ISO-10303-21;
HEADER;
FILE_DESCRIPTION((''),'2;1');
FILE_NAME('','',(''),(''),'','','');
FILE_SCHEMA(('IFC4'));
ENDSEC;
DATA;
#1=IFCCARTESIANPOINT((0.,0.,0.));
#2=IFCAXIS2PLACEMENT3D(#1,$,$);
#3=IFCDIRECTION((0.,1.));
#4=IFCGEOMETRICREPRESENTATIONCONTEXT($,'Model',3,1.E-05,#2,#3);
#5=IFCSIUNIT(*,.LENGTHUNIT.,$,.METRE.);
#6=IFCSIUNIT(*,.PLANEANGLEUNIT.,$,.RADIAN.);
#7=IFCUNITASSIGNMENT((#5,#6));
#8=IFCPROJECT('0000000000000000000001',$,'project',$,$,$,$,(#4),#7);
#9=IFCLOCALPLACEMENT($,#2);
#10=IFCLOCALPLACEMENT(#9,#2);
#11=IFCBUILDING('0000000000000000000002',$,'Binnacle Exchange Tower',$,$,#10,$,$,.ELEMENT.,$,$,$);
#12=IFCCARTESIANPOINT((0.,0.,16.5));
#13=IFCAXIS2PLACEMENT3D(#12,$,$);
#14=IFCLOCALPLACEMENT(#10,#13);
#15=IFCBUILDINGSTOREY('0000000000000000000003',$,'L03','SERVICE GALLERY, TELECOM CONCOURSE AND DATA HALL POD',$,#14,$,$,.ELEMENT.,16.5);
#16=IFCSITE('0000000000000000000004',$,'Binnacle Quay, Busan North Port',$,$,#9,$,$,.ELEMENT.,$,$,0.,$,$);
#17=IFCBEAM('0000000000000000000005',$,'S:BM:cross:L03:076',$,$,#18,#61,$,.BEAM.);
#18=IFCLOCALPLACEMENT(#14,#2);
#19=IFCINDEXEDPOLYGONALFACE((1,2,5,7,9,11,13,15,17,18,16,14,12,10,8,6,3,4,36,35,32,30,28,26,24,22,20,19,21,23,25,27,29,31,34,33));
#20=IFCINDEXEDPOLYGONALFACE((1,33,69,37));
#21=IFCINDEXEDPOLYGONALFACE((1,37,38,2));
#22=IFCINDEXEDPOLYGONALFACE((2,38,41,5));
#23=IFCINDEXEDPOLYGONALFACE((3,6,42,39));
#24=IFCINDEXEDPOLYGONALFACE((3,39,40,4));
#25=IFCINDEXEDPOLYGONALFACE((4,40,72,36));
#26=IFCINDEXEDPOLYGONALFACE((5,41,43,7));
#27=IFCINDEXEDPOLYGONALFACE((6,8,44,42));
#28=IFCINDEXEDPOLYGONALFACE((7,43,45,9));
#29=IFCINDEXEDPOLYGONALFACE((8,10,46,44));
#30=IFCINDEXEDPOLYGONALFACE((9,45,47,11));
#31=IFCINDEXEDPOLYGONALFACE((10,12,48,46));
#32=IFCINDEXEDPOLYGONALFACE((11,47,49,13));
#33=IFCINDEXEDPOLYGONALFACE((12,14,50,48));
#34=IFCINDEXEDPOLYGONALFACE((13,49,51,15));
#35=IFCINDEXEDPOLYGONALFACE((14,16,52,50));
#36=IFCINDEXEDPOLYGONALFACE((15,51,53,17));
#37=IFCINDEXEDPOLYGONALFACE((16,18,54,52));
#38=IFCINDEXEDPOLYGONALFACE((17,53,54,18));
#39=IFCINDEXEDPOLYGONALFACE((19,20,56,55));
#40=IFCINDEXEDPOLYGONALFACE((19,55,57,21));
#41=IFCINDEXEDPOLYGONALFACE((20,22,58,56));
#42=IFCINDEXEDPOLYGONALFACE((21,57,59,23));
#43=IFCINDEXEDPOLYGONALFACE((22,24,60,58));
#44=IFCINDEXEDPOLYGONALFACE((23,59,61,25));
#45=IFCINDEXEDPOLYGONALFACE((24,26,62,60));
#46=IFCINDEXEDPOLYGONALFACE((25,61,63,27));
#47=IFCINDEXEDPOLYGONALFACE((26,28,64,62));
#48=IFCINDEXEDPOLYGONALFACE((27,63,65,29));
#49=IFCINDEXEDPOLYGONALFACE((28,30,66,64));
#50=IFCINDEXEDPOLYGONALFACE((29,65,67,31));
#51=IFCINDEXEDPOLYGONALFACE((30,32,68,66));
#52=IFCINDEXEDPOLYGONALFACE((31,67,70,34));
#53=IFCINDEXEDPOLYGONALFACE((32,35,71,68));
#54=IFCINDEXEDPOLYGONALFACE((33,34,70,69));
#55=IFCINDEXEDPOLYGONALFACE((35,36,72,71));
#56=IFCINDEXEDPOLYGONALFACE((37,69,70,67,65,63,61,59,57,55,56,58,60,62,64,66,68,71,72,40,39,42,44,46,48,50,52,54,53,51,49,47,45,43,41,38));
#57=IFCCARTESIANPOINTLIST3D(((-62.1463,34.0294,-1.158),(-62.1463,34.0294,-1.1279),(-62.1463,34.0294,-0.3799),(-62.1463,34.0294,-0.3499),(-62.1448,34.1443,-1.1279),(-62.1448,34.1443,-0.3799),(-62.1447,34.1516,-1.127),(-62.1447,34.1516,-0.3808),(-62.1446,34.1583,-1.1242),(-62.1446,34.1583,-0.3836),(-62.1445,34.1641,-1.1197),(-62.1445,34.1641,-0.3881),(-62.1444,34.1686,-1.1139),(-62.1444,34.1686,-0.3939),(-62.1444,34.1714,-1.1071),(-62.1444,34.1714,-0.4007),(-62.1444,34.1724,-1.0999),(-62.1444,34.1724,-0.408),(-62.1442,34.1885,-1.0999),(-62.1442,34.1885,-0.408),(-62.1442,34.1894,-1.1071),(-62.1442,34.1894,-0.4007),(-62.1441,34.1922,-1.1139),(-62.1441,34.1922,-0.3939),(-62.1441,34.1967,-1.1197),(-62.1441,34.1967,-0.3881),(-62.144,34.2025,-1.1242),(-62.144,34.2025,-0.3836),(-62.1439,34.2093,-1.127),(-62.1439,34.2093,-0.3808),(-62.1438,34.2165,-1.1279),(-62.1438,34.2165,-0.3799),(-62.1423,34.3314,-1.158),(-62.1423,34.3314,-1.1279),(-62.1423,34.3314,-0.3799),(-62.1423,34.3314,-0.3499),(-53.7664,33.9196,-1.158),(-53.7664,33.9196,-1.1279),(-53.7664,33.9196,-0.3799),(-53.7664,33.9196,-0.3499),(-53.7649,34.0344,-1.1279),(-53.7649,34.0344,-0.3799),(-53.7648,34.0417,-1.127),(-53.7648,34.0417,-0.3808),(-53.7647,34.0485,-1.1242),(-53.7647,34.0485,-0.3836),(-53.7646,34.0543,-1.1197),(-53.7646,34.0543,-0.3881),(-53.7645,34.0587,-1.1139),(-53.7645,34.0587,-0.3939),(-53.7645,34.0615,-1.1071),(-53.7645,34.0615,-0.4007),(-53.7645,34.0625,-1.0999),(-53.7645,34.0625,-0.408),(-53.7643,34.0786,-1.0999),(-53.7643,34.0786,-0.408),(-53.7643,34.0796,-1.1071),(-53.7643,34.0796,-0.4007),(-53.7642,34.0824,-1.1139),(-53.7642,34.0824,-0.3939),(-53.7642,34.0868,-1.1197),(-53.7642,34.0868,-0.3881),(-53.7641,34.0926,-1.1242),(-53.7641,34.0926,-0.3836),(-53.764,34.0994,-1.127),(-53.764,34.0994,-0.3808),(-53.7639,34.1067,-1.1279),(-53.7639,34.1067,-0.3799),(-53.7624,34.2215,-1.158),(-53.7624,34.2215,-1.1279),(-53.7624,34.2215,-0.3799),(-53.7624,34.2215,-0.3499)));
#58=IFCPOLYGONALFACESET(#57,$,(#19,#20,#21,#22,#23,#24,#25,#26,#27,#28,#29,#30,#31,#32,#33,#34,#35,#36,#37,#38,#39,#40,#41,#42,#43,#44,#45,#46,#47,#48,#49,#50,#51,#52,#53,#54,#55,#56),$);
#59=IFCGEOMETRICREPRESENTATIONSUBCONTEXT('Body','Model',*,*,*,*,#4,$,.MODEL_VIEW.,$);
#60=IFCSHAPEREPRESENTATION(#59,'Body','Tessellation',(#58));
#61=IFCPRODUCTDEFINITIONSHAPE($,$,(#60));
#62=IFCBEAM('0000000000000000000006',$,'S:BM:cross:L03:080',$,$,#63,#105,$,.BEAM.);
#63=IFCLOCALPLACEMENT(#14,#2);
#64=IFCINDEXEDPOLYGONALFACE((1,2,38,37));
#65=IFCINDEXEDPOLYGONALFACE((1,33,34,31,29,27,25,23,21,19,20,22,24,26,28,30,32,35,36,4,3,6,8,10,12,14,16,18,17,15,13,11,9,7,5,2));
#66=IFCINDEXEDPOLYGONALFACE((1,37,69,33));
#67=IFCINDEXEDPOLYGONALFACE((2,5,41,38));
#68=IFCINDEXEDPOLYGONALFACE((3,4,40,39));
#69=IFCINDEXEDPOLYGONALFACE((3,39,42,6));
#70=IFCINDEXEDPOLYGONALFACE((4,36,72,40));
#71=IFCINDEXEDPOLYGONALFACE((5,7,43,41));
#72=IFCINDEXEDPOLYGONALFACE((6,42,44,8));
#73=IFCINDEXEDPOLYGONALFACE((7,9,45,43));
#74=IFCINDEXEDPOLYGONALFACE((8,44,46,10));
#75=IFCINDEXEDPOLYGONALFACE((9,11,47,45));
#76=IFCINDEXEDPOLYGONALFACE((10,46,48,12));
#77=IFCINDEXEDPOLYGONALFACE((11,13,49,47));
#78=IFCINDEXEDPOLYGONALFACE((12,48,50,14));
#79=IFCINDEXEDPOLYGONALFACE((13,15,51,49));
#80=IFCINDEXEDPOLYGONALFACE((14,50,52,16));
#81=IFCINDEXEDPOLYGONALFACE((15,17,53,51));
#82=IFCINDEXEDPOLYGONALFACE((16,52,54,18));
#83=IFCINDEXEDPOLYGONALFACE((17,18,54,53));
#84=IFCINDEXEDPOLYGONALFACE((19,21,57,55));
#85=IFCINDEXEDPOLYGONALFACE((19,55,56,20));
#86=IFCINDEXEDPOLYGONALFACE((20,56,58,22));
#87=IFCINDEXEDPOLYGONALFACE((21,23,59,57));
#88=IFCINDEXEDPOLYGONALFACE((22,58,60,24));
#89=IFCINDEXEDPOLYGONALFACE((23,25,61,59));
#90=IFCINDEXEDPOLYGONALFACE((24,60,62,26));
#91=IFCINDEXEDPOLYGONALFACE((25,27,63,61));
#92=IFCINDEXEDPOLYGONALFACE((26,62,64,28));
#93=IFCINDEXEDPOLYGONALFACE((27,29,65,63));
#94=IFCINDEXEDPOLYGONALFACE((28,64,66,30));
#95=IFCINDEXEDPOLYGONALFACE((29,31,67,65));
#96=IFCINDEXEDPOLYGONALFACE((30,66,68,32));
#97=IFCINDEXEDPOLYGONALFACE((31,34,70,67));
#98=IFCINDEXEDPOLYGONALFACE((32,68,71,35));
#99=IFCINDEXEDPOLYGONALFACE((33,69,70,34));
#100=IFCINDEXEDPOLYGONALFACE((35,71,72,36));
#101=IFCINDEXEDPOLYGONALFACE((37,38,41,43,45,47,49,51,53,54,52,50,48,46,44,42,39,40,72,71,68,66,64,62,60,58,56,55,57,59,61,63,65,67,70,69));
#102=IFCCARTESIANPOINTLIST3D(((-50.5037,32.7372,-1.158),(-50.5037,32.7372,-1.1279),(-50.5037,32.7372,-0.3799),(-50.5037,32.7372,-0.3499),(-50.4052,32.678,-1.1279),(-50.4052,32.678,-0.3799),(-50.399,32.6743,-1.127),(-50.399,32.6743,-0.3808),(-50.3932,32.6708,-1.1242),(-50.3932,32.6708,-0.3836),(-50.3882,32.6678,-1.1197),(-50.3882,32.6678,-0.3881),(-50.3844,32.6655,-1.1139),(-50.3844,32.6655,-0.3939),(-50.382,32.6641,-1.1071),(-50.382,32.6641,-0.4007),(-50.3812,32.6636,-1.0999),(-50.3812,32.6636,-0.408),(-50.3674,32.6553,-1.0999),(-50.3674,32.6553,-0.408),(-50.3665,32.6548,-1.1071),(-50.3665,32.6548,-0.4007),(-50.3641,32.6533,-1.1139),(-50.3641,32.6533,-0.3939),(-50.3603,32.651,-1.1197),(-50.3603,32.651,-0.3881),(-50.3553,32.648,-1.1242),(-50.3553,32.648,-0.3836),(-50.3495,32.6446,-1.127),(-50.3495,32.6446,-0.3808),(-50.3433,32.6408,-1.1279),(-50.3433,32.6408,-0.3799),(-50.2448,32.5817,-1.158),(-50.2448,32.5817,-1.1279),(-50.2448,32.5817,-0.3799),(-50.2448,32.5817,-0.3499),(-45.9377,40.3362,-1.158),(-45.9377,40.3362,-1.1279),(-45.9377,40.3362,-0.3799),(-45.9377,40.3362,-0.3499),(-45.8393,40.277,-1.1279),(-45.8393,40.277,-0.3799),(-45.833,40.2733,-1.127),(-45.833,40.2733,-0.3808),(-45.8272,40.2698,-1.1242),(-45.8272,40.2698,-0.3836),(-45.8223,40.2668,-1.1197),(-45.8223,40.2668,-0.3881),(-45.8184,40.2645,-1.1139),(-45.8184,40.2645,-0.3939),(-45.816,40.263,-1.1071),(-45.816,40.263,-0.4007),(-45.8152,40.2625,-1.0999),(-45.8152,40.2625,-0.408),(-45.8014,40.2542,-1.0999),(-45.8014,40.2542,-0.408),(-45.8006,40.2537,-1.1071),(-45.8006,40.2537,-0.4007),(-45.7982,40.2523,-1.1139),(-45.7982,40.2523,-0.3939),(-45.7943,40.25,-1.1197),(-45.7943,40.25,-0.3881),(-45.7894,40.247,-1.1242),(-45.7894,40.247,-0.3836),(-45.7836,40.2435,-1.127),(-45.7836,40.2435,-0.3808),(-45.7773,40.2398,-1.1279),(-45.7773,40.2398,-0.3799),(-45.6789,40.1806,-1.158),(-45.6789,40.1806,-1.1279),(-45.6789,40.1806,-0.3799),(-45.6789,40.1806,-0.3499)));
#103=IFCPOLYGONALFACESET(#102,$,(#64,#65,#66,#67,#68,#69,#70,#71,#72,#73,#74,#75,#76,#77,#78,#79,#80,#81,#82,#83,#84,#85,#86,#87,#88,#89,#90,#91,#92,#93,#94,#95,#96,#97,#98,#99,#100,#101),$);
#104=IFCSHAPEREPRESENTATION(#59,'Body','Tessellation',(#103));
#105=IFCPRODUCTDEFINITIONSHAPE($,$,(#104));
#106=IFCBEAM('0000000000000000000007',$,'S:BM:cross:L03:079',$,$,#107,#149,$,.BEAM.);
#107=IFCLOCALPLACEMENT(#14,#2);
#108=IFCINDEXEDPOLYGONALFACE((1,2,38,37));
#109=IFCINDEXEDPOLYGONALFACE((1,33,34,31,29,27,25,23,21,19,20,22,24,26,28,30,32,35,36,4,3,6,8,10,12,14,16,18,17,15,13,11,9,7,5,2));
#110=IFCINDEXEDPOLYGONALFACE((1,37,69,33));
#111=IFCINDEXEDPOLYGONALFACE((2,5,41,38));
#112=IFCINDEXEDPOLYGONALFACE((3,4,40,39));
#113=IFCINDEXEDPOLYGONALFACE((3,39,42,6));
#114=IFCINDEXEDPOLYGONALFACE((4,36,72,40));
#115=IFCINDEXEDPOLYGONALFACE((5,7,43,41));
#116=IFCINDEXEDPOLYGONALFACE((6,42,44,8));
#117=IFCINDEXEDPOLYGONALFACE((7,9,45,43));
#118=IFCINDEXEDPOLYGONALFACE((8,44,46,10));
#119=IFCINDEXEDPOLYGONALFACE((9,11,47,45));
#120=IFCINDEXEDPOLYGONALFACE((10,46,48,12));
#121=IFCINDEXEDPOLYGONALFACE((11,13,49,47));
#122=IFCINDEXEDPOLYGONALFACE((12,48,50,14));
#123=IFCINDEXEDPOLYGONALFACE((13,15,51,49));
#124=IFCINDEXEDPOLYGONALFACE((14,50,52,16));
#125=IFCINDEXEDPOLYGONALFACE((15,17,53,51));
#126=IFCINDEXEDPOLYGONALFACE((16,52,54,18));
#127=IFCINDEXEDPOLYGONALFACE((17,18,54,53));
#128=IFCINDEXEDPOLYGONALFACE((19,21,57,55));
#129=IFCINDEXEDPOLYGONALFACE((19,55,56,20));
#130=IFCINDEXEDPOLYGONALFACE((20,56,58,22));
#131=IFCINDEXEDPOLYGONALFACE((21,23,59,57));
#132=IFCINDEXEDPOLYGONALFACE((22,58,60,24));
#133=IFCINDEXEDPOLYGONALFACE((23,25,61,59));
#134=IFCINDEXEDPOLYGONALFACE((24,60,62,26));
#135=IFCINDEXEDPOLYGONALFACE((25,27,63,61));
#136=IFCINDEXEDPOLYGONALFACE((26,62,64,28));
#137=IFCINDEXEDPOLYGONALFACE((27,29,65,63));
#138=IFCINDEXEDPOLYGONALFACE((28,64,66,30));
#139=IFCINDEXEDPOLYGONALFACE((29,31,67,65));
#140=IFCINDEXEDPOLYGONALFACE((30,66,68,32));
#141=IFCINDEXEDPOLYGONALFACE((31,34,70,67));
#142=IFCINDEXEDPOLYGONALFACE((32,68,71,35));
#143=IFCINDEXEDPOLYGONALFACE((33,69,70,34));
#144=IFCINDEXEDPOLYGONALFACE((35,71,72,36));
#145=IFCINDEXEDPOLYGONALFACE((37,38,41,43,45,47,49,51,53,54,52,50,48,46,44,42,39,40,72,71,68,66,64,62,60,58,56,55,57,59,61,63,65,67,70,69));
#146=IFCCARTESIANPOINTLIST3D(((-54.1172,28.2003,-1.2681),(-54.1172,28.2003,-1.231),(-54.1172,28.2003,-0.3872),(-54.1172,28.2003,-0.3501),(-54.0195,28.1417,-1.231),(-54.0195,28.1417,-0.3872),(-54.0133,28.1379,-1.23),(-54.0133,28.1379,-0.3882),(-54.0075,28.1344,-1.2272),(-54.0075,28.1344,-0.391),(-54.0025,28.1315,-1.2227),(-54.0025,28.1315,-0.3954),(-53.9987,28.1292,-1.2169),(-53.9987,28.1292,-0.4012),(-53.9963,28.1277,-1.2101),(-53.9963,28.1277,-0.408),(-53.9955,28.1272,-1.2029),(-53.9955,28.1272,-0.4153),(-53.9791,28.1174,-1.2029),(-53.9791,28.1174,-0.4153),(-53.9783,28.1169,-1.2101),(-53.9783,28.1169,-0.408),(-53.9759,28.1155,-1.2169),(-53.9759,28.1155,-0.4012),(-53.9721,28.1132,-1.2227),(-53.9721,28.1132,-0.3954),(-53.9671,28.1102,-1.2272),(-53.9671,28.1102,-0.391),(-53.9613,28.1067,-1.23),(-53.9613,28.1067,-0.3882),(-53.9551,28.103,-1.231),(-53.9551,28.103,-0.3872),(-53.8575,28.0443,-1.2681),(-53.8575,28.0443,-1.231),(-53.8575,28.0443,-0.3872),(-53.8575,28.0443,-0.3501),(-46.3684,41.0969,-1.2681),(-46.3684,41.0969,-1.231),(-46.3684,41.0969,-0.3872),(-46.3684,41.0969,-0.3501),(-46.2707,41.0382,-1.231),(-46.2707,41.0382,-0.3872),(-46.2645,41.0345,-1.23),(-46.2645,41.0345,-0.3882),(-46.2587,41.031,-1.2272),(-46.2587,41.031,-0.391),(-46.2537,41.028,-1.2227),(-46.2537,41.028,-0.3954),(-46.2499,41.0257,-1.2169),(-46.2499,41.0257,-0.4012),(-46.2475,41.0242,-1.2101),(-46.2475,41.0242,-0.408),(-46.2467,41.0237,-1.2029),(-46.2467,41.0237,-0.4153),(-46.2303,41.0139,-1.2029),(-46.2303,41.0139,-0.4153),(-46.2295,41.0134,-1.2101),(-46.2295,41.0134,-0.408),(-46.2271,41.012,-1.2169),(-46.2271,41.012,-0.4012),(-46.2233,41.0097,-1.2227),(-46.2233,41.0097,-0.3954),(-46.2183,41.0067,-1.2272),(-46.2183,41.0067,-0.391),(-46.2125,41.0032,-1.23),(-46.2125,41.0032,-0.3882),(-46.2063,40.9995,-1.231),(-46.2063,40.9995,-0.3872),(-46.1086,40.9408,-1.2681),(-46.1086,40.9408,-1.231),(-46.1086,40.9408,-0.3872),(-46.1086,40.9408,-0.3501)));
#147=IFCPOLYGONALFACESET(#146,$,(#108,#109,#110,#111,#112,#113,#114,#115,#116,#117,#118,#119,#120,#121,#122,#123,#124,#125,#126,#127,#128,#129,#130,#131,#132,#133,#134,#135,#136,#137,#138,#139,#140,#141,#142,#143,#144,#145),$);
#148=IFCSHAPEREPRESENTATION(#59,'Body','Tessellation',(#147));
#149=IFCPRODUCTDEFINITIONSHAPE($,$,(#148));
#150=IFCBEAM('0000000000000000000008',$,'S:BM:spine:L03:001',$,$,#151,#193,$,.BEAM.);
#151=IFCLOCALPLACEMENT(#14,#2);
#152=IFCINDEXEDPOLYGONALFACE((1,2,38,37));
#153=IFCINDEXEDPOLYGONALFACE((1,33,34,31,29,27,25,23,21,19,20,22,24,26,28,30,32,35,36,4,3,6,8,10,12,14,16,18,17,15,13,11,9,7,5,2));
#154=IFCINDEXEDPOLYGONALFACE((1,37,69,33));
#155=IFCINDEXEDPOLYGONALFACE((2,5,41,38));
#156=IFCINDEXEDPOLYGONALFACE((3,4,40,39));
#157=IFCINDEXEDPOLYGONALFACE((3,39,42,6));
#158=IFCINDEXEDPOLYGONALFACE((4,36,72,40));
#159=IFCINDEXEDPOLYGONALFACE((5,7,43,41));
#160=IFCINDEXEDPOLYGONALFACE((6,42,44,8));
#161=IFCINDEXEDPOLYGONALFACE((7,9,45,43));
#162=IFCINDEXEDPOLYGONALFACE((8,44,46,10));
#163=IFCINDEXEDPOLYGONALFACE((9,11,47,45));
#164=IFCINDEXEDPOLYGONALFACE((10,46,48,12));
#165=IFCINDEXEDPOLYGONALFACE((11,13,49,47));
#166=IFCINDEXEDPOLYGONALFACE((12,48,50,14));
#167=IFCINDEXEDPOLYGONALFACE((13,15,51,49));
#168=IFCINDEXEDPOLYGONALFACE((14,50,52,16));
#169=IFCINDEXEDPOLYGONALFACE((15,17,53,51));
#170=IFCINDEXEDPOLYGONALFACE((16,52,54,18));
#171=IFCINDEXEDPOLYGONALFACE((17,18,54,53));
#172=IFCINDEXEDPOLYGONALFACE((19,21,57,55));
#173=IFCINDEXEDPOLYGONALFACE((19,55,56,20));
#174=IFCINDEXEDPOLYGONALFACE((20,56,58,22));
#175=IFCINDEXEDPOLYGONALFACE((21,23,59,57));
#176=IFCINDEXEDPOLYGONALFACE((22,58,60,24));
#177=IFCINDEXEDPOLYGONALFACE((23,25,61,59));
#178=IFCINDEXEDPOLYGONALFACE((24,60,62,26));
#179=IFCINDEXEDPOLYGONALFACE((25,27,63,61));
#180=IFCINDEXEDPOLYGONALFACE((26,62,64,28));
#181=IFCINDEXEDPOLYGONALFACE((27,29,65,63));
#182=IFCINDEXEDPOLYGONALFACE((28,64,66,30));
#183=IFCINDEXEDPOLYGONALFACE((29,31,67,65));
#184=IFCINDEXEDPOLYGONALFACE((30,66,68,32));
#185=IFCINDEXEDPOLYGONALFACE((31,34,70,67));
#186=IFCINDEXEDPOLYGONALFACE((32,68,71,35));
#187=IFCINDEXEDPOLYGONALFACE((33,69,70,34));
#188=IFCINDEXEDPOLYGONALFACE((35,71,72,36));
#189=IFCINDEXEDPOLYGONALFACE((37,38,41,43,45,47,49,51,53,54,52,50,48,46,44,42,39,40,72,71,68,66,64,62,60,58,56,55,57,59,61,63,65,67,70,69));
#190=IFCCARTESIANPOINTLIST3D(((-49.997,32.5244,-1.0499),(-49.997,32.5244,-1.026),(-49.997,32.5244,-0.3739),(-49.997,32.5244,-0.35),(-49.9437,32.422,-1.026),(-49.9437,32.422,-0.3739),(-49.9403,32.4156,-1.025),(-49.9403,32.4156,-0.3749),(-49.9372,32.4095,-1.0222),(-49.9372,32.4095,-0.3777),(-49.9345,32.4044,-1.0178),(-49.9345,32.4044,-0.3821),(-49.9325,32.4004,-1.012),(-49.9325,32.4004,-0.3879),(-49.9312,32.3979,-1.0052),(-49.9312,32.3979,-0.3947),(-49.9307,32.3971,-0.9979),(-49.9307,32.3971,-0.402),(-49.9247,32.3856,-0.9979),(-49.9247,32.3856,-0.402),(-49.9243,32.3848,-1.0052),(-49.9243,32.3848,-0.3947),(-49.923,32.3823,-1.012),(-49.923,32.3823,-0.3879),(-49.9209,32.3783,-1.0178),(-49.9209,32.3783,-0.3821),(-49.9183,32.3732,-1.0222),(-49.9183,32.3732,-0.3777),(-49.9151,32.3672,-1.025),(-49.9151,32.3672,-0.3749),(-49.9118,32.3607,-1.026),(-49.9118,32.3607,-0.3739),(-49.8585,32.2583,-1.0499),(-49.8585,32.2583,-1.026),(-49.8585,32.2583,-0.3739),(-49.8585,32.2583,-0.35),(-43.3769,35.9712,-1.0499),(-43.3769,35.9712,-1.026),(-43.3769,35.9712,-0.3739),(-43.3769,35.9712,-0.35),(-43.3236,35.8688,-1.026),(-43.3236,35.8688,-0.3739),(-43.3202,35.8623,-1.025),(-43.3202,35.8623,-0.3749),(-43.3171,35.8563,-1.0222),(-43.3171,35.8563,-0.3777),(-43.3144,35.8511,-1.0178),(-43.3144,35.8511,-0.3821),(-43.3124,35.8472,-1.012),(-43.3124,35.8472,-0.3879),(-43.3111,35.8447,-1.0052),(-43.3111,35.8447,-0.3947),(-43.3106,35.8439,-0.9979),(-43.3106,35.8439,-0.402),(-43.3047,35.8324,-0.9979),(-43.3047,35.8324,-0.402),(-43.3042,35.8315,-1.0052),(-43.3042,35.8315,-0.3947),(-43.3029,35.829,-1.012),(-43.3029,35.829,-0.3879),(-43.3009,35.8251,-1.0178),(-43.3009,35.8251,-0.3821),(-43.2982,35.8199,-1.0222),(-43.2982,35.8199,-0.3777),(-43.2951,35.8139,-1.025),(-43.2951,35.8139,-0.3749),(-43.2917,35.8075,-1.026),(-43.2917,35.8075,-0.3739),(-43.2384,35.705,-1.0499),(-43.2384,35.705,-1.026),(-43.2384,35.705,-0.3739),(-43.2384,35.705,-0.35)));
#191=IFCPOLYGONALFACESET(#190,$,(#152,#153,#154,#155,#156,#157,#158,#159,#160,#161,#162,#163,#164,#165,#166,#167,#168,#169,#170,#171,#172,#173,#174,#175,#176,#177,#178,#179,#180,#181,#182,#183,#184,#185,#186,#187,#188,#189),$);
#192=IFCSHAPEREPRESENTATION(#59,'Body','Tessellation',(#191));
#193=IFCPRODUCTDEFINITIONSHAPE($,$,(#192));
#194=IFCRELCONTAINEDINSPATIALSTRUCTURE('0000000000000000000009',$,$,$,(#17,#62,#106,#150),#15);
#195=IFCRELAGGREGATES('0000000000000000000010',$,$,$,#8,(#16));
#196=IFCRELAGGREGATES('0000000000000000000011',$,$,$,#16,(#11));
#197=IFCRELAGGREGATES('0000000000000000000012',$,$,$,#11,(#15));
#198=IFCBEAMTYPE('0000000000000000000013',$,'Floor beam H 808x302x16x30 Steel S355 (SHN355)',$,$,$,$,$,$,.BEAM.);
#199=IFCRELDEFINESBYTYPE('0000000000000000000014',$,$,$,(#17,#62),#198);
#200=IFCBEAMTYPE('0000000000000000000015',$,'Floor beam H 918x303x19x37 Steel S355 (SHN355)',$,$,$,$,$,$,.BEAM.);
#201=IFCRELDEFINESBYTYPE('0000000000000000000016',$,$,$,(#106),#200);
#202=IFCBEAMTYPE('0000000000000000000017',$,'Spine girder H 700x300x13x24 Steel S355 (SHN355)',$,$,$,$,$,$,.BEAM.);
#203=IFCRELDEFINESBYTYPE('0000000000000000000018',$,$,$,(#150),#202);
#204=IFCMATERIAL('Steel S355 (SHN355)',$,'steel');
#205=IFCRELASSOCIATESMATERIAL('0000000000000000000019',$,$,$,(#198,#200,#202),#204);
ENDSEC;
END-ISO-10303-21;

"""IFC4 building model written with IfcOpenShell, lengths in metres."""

from ifc_helpers import new_model, si_unit, direction, frame, origin, origin_2d, place, context, subcontext, project, spatial, i_section, extrude, material, material_profile, profile_set, type_object, element, save


model = new_model("IFC4")

# Units and contexts
model_context = context("Model", 3, precision=1e-05, world=origin(), true_north=direction((0.0, 1.0)))
body_context = subcontext(model_context, "Body", "Model", "MODEL_VIEW")
ifc_project = project(units=[si_unit("LENGTHUNIT", "METRE"), si_unit("PLANEANGLEUNIT", "RADIAN")], contexts=[model_context])

# Site, building, storey
site_placement = place(None, origin())
site = spatial("IfcSite", under=ifc_project, at=site_placement, Name="Binnacle Quay, Busan North Port", CompositionType="ELEMENT", RefElevation=0.0)
building_placement = place(site_placement, origin())
building = spatial("IfcBuilding", under=site, at=building_placement, Name="Binnacle Exchange Tower", CompositionType="ELEMENT")
storey_placement = place(building_placement, frame((0.0, 0.0, 16.5)))
storey = spatial("IfcBuildingStorey", under=building, at=storey_placement, Name="L03", Description="SERVICE GALLERY, TELECOM CONCOURSE AND DATA HALL POD", CompositionType="ELEMENT", Elevation=16.5)

# Beams
ifc_material_1 = material(Name="Steel S355 (SHN355)", Category="steel")
ifc_material_profile_1 = material_profile(ifc_material_1, i_section(OverallWidth=0.302, OverallDepth=0.8081, WebThickness=0.0161, FlangeThickness=0.03, FilletRadius=0.0281, at=origin_2d()), Name="H 808x302x16x30")
ifc_profile_set_1 = profile_set([ifc_material_profile_1], Name="Steel S355 (SHN355)")
beam_type_1 = type_object("IfcBeamType", Name="Floor beam H 808x302x16x30 Steel S355 (SHN355)", PredefinedType="BEAM", material=ifc_profile_set_1)
beam_1_placement = place(storey_placement, frame((-62.1443, 34.1804, -0.7539), z_axis=(0.999914, -0.013109, 0.0), x_axis=(0.013109, 0.999914, 0.0)))
element("IfcBeam", 1, at=beam_1_placement, inside=storey, type_object=beam_type_1, Name="S:BM:cross:L03:076", PredefinedType="BEAM", context=body_context, shape_type="SweptSolid", body=[
    extrude(i_section(OverallWidth=0.302, OverallDepth=0.8081, WebThickness=0.0161, FlangeThickness=0.03, FilletRadius=0.0281, at=origin_2d()), origin(), (0.0, 0.0, 1.0), 8.3806),
])
beam_2_placement = place(storey_placement, frame((-50.3743, 32.6594, -0.7539), z_axis=(0.515042, 0.857165, 0.0), x_axis=(-0.857165, 0.515042, 0.0)))
element("IfcBeam", 2, at=beam_2_placement, inside=storey, type_object=beam_type_1, Name="S:BM:cross:L03:080", PredefinedType="BEAM", context=body_context, shape_type="SweptSolid", body=[
    extrude(i_section(OverallWidth=0.302, OverallDepth=0.8081, WebThickness=0.0161, FlangeThickness=0.03, FilletRadius=0.0281, at=origin_2d()), origin(), (0.0, 0.0, 1.0), 8.8652),
])
ifc_material_profile_2 = material_profile(ifc_material_1, i_section(OverallWidth=0.303, OverallDepth=0.918, WebThickness=0.019, FlangeThickness=0.0371, FilletRadius=0.0281, at=origin_2d()), Name="H 918x303x19x37")
ifc_profile_set_2 = profile_set([ifc_material_profile_2], Name="Steel S355 (SHN355)")
beam_type_2 = type_object("IfcBeamType", Name="Floor beam H 918x303x19x37 Steel S355 (SHN355)", PredefinedType="BEAM", material=ifc_profile_set_2)
beam_3_placement = place(storey_placement, frame((-53.9873, 28.1223, -0.8091), z_axis=(0.515028, 0.857173, 0.0), x_axis=(-0.857173, 0.515028, 0.0)))
element("IfcBeam", 3, at=beam_3_placement, inside=storey, type_object=beam_type_2, Name="S:BM:cross:L03:079", PredefinedType="BEAM", context=body_context, shape_type="SweptSolid", body=[
    extrude(i_section(OverallWidth=0.303, OverallDepth=0.918, WebThickness=0.019, FlangeThickness=0.0371, FilletRadius=0.0281, at=origin_2d()), origin(), (0.0, 0.0, 1.0), 15.0454),
])
ifc_material_profile_3 = material_profile(ifc_material_1, i_section(OverallWidth=0.3, OverallDepth=0.7, WebThickness=0.0129, FlangeThickness=0.0239, FilletRadius=0.0281, at=origin_2d()), Name="H 700x300x13x24")
ifc_profile_set_3 = profile_set([ifc_material_profile_3], Name="Steel S355 (SHN355)")
beam_type_3 = type_object("IfcBeamType", Name="Spine girder H 700x300x13x24 Steel S355 (SHN355)", PredefinedType="BEAM", material=ifc_profile_set_3)
beam_4_placement = place(storey_placement, frame((-49.9277, 32.3914, -0.7), z_axis=(0.88698, 0.461808, 0.0), x_axis=(-0.461808, 0.88698, 0.0)))
element("IfcBeam", 4, at=beam_4_placement, inside=storey, type_object=beam_type_3, Name="S:BM:spine:L03:001", PredefinedType="BEAM", context=body_context, shape_type="SweptSolid", body=[
    extrude(i_section(OverallWidth=0.3, OverallDepth=0.7, WebThickness=0.0129, FlangeThickness=0.0239, FilletRadius=0.0281, at=origin_2d()), origin(), (0.0, 0.0, 1.0), 7.4636),
])

save(model, "model.ifc")
